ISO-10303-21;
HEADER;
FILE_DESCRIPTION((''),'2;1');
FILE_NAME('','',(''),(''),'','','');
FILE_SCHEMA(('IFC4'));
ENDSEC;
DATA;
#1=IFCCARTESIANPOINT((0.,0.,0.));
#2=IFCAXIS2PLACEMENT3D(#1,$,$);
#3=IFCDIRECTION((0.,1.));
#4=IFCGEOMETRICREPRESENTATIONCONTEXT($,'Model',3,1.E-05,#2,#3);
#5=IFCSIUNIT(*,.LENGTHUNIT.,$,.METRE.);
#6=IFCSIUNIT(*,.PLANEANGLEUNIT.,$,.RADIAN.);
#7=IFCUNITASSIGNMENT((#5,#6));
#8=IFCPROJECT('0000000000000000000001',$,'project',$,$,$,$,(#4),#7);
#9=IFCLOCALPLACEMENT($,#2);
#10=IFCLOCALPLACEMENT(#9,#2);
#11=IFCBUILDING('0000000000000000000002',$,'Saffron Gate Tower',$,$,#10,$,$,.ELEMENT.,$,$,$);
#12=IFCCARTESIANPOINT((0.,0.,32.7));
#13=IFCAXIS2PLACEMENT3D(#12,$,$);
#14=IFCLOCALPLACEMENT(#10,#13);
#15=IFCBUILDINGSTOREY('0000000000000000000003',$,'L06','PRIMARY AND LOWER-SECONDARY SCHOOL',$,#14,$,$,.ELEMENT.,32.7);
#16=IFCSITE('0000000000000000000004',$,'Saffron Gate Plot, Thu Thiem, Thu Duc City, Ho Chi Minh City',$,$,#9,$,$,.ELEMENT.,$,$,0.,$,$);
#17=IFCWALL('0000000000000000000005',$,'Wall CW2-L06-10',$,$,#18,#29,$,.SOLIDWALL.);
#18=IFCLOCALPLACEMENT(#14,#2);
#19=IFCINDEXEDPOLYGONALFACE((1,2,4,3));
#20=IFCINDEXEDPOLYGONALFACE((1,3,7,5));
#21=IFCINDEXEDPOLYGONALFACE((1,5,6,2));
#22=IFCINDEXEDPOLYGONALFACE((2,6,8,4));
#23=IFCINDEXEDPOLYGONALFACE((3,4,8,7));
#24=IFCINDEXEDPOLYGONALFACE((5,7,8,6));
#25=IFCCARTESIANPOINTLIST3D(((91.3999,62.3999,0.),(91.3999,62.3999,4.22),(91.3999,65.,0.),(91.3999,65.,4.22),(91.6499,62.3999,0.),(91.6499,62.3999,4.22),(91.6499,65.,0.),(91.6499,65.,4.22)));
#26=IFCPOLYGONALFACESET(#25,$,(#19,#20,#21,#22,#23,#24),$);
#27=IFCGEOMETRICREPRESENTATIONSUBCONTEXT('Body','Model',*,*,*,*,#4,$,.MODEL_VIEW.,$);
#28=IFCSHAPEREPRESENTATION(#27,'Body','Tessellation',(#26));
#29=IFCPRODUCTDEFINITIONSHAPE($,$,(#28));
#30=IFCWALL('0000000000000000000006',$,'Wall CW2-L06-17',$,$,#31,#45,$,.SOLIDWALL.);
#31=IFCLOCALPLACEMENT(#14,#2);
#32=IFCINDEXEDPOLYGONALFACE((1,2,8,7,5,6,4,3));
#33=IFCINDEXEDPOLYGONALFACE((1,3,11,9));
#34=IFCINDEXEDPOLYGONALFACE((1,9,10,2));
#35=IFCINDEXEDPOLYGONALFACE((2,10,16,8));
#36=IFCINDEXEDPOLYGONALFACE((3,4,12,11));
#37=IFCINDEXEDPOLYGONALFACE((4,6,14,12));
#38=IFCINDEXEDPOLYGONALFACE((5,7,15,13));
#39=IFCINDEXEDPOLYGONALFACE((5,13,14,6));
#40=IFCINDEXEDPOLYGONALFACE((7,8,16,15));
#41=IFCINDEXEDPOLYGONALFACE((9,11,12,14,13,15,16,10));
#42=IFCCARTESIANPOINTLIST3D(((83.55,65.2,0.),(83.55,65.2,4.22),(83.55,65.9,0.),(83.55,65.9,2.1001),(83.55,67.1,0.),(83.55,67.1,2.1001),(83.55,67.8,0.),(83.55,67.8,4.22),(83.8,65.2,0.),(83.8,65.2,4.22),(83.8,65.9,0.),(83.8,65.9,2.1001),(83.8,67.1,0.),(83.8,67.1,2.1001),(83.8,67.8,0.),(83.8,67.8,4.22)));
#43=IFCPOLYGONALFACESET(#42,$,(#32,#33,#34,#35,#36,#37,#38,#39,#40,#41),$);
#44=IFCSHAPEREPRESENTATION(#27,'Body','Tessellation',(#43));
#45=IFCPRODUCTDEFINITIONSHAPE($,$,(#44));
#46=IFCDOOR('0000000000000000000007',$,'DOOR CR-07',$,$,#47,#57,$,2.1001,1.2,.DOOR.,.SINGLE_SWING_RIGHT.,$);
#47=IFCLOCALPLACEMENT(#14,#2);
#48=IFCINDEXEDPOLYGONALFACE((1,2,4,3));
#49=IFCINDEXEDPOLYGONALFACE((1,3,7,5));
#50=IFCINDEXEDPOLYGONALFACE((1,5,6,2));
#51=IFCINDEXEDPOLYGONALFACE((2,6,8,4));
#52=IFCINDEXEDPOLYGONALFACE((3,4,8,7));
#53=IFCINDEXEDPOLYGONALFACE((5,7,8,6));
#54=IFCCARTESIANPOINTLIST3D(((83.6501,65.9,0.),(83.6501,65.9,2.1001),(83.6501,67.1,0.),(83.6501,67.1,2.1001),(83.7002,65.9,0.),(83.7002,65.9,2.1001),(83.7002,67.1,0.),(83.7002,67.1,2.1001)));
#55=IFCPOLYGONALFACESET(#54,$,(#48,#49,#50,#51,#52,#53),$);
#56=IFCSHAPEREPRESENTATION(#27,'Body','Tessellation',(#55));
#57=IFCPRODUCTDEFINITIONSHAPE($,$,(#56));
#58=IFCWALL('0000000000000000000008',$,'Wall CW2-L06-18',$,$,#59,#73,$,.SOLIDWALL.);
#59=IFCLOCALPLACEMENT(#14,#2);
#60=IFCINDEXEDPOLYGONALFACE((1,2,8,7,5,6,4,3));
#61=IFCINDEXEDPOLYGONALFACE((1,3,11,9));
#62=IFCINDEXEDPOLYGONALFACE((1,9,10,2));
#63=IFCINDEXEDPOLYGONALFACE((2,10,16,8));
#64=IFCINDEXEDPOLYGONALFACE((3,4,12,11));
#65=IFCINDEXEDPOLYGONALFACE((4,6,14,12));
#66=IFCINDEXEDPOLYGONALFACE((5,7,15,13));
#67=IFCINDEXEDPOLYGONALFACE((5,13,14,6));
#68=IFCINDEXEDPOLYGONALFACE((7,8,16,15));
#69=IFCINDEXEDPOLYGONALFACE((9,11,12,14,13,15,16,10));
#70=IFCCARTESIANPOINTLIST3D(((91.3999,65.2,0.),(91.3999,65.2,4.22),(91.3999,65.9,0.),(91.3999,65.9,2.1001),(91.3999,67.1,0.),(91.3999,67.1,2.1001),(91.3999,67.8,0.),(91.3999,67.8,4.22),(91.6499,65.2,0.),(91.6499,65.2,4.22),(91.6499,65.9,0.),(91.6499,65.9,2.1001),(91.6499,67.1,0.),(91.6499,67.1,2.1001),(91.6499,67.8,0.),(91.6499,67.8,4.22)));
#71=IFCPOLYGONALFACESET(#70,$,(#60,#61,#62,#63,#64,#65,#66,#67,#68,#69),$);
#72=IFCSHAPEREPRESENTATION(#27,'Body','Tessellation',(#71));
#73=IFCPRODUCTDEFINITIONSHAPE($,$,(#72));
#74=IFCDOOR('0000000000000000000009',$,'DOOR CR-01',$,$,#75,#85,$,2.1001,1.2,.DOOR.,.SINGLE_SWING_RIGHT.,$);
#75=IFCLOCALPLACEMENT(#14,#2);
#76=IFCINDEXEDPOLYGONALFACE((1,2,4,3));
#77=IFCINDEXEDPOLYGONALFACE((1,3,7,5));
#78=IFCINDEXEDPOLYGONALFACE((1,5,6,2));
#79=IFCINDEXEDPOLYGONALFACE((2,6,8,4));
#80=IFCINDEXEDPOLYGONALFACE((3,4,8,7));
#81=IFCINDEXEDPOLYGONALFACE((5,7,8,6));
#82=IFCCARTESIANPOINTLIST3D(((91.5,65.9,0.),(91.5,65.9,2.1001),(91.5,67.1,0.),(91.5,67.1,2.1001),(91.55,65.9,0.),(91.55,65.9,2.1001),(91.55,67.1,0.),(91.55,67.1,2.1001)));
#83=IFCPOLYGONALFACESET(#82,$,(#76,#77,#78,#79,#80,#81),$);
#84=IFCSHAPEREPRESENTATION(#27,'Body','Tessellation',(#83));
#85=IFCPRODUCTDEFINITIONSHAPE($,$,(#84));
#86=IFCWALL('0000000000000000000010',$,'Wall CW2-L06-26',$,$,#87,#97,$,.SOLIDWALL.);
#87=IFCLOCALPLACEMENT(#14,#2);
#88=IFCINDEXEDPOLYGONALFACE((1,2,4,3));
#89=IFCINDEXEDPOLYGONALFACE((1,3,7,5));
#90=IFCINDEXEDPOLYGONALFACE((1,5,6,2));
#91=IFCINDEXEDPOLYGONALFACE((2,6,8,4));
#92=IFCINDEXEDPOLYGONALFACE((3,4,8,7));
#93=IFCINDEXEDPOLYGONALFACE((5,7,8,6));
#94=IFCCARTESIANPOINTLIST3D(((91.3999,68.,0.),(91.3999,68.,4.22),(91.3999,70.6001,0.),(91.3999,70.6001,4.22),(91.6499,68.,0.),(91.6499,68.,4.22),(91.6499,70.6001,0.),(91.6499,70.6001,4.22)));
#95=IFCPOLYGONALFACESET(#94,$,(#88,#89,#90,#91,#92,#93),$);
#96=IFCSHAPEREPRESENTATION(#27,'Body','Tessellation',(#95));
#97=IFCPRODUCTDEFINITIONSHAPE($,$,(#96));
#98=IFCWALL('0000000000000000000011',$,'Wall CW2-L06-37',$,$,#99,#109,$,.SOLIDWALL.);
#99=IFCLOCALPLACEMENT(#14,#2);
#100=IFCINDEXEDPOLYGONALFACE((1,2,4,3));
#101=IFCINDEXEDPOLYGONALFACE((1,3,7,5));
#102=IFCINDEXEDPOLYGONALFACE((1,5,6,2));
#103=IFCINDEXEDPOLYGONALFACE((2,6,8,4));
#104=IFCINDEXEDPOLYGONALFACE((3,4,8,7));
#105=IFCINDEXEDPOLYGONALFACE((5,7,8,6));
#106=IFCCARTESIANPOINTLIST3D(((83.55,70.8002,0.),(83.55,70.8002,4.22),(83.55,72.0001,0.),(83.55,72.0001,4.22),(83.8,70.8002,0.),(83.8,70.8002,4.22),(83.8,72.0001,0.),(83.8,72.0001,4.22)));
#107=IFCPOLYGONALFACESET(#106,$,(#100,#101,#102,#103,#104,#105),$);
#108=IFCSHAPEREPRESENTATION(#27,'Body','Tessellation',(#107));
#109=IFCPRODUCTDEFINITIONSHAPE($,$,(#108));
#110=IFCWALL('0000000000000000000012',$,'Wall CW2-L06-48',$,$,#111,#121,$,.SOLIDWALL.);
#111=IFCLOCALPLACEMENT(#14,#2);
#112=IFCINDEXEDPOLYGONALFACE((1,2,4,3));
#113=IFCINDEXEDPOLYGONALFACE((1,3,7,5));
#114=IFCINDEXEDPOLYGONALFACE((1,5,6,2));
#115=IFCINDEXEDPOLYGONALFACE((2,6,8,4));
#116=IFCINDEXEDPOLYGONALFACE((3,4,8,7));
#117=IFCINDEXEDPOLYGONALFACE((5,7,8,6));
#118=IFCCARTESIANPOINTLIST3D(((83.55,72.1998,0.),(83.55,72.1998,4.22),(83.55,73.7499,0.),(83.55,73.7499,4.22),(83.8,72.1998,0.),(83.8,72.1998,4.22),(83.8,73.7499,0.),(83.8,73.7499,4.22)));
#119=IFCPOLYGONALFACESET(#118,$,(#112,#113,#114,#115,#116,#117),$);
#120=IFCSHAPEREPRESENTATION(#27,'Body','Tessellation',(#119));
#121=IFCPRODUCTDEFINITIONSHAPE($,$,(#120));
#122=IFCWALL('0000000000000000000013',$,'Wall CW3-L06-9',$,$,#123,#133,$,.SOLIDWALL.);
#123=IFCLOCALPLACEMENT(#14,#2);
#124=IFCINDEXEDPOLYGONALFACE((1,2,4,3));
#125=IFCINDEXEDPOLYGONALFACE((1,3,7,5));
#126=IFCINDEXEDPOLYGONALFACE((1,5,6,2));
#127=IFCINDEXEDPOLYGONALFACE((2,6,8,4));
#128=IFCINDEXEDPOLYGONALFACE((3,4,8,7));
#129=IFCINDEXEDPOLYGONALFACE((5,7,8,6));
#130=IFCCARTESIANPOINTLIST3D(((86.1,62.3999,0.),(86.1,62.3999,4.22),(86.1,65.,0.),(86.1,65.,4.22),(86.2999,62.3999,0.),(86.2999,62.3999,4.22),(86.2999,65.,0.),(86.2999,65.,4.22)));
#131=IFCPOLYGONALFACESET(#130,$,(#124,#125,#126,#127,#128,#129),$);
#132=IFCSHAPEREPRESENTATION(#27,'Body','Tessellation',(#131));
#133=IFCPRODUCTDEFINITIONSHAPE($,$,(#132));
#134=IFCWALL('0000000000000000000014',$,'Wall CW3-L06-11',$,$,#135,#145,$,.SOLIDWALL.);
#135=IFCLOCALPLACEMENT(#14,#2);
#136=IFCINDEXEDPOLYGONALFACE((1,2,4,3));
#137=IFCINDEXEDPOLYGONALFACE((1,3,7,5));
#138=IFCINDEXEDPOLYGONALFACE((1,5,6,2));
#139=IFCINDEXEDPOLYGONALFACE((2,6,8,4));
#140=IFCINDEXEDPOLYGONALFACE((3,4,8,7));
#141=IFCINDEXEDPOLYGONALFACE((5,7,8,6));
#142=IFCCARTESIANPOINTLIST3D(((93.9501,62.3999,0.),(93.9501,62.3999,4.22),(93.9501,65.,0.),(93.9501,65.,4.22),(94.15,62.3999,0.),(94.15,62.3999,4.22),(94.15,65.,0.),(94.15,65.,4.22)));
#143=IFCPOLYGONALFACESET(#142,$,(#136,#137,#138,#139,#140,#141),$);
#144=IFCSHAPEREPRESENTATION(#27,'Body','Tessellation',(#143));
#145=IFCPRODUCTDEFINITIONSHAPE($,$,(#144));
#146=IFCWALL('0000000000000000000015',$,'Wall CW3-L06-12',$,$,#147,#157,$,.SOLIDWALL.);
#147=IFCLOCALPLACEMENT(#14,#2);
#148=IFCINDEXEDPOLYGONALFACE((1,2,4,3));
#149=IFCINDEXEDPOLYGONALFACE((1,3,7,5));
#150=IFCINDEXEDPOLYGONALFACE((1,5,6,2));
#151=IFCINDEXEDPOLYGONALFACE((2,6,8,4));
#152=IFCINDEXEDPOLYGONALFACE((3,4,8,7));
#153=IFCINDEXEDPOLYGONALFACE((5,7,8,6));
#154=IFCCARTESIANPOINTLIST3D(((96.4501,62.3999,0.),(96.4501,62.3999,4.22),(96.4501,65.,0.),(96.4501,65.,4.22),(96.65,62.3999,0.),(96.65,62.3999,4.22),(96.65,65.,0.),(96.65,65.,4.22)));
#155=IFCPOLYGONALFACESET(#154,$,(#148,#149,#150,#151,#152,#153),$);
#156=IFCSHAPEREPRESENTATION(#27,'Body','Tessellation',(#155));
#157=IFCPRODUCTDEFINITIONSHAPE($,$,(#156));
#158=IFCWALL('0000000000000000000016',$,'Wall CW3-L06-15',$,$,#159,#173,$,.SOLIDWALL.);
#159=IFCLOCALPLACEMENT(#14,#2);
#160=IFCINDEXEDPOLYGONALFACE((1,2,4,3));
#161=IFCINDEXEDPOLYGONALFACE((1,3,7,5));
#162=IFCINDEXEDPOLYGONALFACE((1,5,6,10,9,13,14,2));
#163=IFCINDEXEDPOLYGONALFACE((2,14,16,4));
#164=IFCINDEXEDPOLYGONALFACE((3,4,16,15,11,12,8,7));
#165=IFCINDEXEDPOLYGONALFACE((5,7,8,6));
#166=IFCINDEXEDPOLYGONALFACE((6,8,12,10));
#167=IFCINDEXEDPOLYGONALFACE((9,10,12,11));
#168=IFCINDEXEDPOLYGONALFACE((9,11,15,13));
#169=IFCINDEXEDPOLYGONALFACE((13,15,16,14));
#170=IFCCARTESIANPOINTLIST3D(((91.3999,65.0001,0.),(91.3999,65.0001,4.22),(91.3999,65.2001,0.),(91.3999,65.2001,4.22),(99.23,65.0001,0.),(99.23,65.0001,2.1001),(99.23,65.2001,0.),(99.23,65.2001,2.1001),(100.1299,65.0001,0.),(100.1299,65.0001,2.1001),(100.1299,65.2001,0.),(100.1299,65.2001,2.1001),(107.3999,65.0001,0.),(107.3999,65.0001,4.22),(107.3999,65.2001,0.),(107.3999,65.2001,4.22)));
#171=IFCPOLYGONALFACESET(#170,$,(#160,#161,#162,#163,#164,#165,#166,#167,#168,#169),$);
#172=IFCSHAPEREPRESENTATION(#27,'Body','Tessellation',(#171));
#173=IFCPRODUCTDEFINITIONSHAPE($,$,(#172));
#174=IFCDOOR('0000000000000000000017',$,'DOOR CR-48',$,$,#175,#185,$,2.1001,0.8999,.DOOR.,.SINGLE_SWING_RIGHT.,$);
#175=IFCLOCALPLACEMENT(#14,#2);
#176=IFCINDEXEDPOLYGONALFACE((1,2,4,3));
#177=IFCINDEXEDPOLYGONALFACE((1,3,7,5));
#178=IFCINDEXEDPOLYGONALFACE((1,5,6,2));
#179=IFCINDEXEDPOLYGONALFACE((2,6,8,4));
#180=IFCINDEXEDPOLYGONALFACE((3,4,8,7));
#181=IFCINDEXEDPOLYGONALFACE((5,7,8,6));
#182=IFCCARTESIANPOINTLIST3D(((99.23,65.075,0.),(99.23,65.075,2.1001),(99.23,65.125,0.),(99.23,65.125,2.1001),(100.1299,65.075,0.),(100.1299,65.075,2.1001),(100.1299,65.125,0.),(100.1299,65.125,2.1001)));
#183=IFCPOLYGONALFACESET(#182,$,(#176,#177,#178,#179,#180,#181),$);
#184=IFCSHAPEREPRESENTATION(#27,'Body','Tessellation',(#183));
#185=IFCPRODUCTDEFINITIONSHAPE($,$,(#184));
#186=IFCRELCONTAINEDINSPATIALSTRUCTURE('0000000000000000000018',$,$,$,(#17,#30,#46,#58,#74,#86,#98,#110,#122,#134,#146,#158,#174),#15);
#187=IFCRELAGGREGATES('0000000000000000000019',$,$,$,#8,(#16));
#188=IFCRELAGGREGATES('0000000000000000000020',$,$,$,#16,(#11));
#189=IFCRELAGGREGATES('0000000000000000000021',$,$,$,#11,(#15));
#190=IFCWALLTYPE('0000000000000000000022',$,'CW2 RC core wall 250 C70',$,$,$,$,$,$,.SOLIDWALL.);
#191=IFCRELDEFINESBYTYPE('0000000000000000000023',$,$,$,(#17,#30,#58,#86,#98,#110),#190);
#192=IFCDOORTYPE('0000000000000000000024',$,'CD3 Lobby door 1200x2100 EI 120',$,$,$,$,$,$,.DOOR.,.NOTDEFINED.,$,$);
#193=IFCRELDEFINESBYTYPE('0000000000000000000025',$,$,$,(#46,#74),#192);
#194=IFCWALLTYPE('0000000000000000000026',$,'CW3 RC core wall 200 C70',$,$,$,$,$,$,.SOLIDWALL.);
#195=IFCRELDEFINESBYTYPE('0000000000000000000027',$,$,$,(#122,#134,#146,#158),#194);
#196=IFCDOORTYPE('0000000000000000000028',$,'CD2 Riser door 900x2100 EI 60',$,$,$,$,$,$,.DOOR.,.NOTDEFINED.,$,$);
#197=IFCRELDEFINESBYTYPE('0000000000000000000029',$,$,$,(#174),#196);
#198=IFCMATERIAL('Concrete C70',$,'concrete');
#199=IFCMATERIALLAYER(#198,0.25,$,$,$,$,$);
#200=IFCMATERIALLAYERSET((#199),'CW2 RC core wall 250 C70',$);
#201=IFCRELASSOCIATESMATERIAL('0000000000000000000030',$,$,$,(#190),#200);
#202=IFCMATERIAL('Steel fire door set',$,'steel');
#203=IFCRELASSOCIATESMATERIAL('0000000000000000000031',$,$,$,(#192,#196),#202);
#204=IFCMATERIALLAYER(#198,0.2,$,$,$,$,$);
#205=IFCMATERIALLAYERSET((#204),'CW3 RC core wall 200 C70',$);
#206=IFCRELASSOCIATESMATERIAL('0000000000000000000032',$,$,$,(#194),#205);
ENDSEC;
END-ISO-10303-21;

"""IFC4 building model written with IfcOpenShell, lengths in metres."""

from ifc_helpers import new_model, si_unit, direction, frame, frame_2d, origin, place, context, subcontext, project, spatial, rectangle, extrude, material, layer, layer_set, type_object, element, fill, save


model = new_model("IFC4")

# Units and contexts
model_context = context("Model", 3, precision=1e-05, world=origin(), true_north=direction((0.0, 1.0)))
body_context = subcontext(model_context, "Body", "Model", "MODEL_VIEW")
ifc_project = project(units=[si_unit("LENGTHUNIT", "METRE"), si_unit("PLANEANGLEUNIT", "RADIAN")], contexts=[model_context])

# Site, building, storey
site_placement = place(None, origin())
site = spatial("IfcSite", under=ifc_project, at=site_placement, Name="Saffron Gate Plot, Thu Thiem, Thu Duc City, Ho Chi Minh City", CompositionType="ELEMENT", RefElevation=0.0)
building_placement = place(site_placement, origin())
building = spatial("IfcBuilding", under=site, at=building_placement, Name="Saffron Gate Tower", CompositionType="ELEMENT")
storey_placement = place(building_placement, frame((0.0, 0.0, 32.7)))
storey = spatial("IfcBuildingStorey", under=building, at=storey_placement, Name="L06", Description="PRIMARY AND LOWER-SECONDARY SCHOOL", CompositionType="ELEMENT", Elevation=32.7)

# Wall
ifc_material_1 = material(Name="Concrete C70", Category="concrete")
ifc_layer_1 = layer(ifc_material_1, 0.25)
ifc_layer_set_1 = layer_set([ifc_layer_1], Name="CW2 RC core wall 250 C70")
wall_type_1 = type_object("IfcWallType", Name="CW2 RC core wall 250 C70", PredefinedType="SOLIDWALL", material=ifc_layer_set_1)
wall_1_placement = place(storey_placement, frame((91.5249, 62.3999, 0.0), z_axis=(0.0, 0.0, 1.0), x_axis=(0.0, 1.0, 0.0)))
element("IfcWall", 1, at=wall_1_placement, inside=storey, type_object=wall_type_1, Name="Wall CW2-L06-10", PredefinedType="SOLIDWALL", context=body_context, shape_type="SweptSolid", body=[
    extrude(rectangle(XDim=2.6001, YDim=0.25, at=frame_2d((1.3, 0.0))), origin(), (0.0, 0.0, 1.0), 4.22),
])

# Walls, openings, doors
wall_2_placement = place(storey_placement, frame((83.675, 65.2, 0.0), z_axis=(0.0, 0.0, 1.0), x_axis=(0.0, 1.0, 0.0)))
wall_2 = element("IfcWall", 2, at=wall_2_placement, inside=storey, type_object=wall_type_1, Name="Wall CW2-L06-17", PredefinedType="SOLIDWALL", context=body_context, shape_type="SweptSolid", body=[
    extrude(rectangle(XDim=2.6001, YDim=0.25, at=frame_2d((1.3, 0.0))), origin(), (0.0, 0.0, 1.0), 4.22),
])
opening_1_placement = place(wall_2_placement, frame((0.7, 0.0, 0.0)))
opening_1 = element("IfcOpeningElement", 3, at=opening_1_placement, cuts=wall_2, PredefinedType="OPENING", context=body_context, shape_type="SweptSolid", body=[
    extrude(rectangle(XDim=1.2, YDim=2.1001, at=frame_2d((0.6001, 1.05))), frame((0.0, 0.135, 0.0), z_axis=(0.0, -1.0, 0.0), x_axis=(1.0, 0.0, 0.0)), (0.0, 0.0, 1.0), 0.27),
])
ifc_material_2 = material(Name="Steel fire door set", Category="steel")
door_type_1 = type_object("IfcDoorType", Name="CD3 Lobby door 1200x2100 EI 120", OperationType="NOTDEFINED", PredefinedType="DOOR", material=ifc_material_2)
door_1_placement = place(opening_1_placement, origin())
door_1 = element("IfcDoor", 4, at=door_1_placement, inside=storey, type_object=door_type_1, Name="DOOR CR-07", OperationType="SINGLE_SWING_RIGHT", OverallHeight=2.1001, OverallWidth=1.2, PredefinedType="DOOR", context=body_context, shape_type="SweptSolid", body=[
    extrude(rectangle(XDim=1.2, YDim=2.1001, at=frame_2d((0.6001, 1.05))), frame((0.0, 0.0249, 0.0), z_axis=(0.0, -1.0, 0.0), x_axis=(1.0, 0.0, 0.0)), (0.0, 0.0, 1.0), 0.05),
])
fill(opening_1, door_1)
wall_3_placement = place(storey_placement, frame((91.5249, 65.2, 0.0), z_axis=(0.0, 0.0, 1.0), x_axis=(0.0, 1.0, 0.0)))
wall_3 = element("IfcWall", 5, at=wall_3_placement, inside=storey, type_object=wall_type_1, Name="Wall CW2-L06-18", PredefinedType="SOLIDWALL", context=body_context, shape_type="SweptSolid", body=[
    extrude(rectangle(XDim=2.6001, YDim=0.25, at=frame_2d((1.3, 0.0))), origin(), (0.0, 0.0, 1.0), 4.22),
])
opening_2_placement = place(wall_3_placement, frame((0.7, 0.0, 0.0)))
opening_2 = element("IfcOpeningElement", 6, at=opening_2_placement, cuts=wall_3, PredefinedType="OPENING", context=body_context, shape_type="SweptSolid", body=[
    extrude(rectangle(XDim=1.2, YDim=2.1001, at=frame_2d((0.6001, 1.05))), frame((0.0, 0.135, 0.0), z_axis=(0.0, -1.0, 0.0), x_axis=(1.0, 0.0, 0.0)), (0.0, 0.0, 1.0), 0.27),
])
door_2_placement = place(opening_2_placement, origin())
door_2 = element("IfcDoor", 7, at=door_2_placement, inside=storey, type_object=door_type_1, Name="DOOR CR-01", OperationType="SINGLE_SWING_RIGHT", OverallHeight=2.1001, OverallWidth=1.2, PredefinedType="DOOR", context=body_context, shape_type="SweptSolid", body=[
    extrude(rectangle(XDim=1.2, YDim=2.1001, at=frame_2d((0.6001, 1.05))), frame((0.0, 0.0249, 0.0), z_axis=(0.0, -1.0, 0.0), x_axis=(1.0, 0.0, 0.0)), (0.0, 0.0, 1.0), 0.05),
])
fill(opening_2, door_2)

# Walls
wall_4_placement = place(storey_placement, frame((91.5249, 68.0, 0.0), z_axis=(0.0, 0.0, 1.0), x_axis=(0.0, 1.0, 0.0)))
element("IfcWall", 8, at=wall_4_placement, inside=storey, type_object=wall_type_1, Name="Wall CW2-L06-26", PredefinedType="SOLIDWALL", context=body_context, shape_type="SweptSolid", body=[
    extrude(rectangle(XDim=2.6001, YDim=0.25, at=frame_2d((1.3, 0.0))), origin(), (0.0, 0.0, 1.0), 4.22),
])
wall_5_placement = place(storey_placement, frame((83.675, 70.8, 0.0), z_axis=(0.0, 0.0, 1.0), x_axis=(0.0, 1.0, 0.0)))
element("IfcWall", 9, at=wall_5_placement, inside=storey, type_object=wall_type_1, Name="Wall CW2-L06-37", PredefinedType="SOLIDWALL", context=body_context, shape_type="SweptSolid", body=[
    extrude(rectangle(XDim=1.2, YDim=0.25, at=frame_2d((0.6001, 0.0))), origin(), (0.0, 0.0, 1.0), 4.22),
])
wall_6_placement = place(storey_placement, frame((83.675, 72.2, 0.0), z_axis=(0.0, 0.0, 1.0), x_axis=(0.0, 1.0, 0.0)))
element("IfcWall", 10, at=wall_6_placement, inside=storey, type_object=wall_type_1, Name="Wall CW2-L06-48", PredefinedType="SOLIDWALL", context=body_context, shape_type="SweptSolid", body=[
    extrude(rectangle(XDim=1.55, YDim=0.25, at=frame_2d((0.7749, 0.0))), origin(), (0.0, 0.0, 1.0), 4.22),
])
ifc_layer_2 = layer(ifc_material_1, 0.2)
ifc_layer_set_2 = layer_set([ifc_layer_2], Name="CW3 RC core wall 200 C70")
wall_type_2 = type_object("IfcWallType", Name="CW3 RC core wall 200 C70", PredefinedType="SOLIDWALL", material=ifc_layer_set_2)
for number, where, z_axis, x_axis, name in (
    (11, (86.2, 62.3999, 0.0), (0.0, 0.0, 1.0), (0.0, 1.0, 0.0), "Wall CW3-L06-9"),
    (12, (94.05, 62.3999, 0.0), (0.0, 0.0, 1.0), (0.0, 1.0, 0.0), "Wall CW3-L06-11"),
    (13, (96.55, 62.3999, 0.0), (0.0, 0.0, 1.0), (0.0, 1.0, 0.0), "Wall CW3-L06-12"),
):
    element("IfcWall", number, at=place(storey_placement, frame(where, z_axis=z_axis, x_axis=x_axis)), inside=storey, type_object=wall_type_2, Name=name, PredefinedType="SOLIDWALL", context=body_context, shape_type="SweptSolid", body=[
        extrude(rectangle(XDim=2.6001, YDim=0.2, at=frame_2d((1.3, 0.0))), origin(), (0.0, 0.0, 1.0), 4.22),
    ])

# Wall, opening, door
wall_7_placement = place(storey_placement, frame((91.3999, 65.1001, 0.0), z_axis=(0.0, 0.0, 1.0), x_axis=(1.0, 0.0, 0.0)))
wall_7 = element("IfcWall", 14, at=wall_7_placement, inside=storey, type_object=wall_type_2, Name="Wall CW3-L06-15", PredefinedType="SOLIDWALL", context=body_context, shape_type="SweptSolid", body=[
    extrude(rectangle(XDim=16.0, YDim=0.2, at=frame_2d((8.0, 0.0))), origin(), (0.0, 0.0, 1.0), 4.22),
])
opening_3_placement = place(wall_7_placement, frame((7.8301, 0.0, 0.0)))
opening_3 = element("IfcOpeningElement", 15, at=opening_3_placement, cuts=wall_7, PredefinedType="OPENING", context=body_context, shape_type="SweptSolid", body=[
    extrude(rectangle(XDim=0.8999, YDim=2.1001, at=frame_2d((0.45, 1.05))), frame((0.0, 0.1099, 0.0), z_axis=(0.0, -1.0, 0.0), x_axis=(1.0, 0.0, 0.0)), (0.0, 0.0, 1.0), 0.22),
])
door_type_2 = type_object("IfcDoorType", Name="CD2 Riser door 900x2100 EI 60", OperationType="NOTDEFINED", PredefinedType="DOOR", material=ifc_material_2)
door_3_placement = place(opening_3_placement, origin())
door_3 = element("IfcDoor", 16, at=door_3_placement, inside=storey, type_object=door_type_2, Name="DOOR CR-48", OperationType="SINGLE_SWING_RIGHT", OverallHeight=2.1001, OverallWidth=0.8999, PredefinedType="DOOR", context=body_context, shape_type="SweptSolid", body=[
    extrude(rectangle(XDim=0.8999, YDim=2.1001, at=frame_2d((0.45, 1.05))), frame((0.0, 0.0249, 0.0), z_axis=(0.0, -1.0, 0.0), x_axis=(1.0, 0.0, 0.0)), (0.0, 0.0, 1.0), 0.05),
])
fill(opening_3, door_3)

save(model, "model.ifc")
